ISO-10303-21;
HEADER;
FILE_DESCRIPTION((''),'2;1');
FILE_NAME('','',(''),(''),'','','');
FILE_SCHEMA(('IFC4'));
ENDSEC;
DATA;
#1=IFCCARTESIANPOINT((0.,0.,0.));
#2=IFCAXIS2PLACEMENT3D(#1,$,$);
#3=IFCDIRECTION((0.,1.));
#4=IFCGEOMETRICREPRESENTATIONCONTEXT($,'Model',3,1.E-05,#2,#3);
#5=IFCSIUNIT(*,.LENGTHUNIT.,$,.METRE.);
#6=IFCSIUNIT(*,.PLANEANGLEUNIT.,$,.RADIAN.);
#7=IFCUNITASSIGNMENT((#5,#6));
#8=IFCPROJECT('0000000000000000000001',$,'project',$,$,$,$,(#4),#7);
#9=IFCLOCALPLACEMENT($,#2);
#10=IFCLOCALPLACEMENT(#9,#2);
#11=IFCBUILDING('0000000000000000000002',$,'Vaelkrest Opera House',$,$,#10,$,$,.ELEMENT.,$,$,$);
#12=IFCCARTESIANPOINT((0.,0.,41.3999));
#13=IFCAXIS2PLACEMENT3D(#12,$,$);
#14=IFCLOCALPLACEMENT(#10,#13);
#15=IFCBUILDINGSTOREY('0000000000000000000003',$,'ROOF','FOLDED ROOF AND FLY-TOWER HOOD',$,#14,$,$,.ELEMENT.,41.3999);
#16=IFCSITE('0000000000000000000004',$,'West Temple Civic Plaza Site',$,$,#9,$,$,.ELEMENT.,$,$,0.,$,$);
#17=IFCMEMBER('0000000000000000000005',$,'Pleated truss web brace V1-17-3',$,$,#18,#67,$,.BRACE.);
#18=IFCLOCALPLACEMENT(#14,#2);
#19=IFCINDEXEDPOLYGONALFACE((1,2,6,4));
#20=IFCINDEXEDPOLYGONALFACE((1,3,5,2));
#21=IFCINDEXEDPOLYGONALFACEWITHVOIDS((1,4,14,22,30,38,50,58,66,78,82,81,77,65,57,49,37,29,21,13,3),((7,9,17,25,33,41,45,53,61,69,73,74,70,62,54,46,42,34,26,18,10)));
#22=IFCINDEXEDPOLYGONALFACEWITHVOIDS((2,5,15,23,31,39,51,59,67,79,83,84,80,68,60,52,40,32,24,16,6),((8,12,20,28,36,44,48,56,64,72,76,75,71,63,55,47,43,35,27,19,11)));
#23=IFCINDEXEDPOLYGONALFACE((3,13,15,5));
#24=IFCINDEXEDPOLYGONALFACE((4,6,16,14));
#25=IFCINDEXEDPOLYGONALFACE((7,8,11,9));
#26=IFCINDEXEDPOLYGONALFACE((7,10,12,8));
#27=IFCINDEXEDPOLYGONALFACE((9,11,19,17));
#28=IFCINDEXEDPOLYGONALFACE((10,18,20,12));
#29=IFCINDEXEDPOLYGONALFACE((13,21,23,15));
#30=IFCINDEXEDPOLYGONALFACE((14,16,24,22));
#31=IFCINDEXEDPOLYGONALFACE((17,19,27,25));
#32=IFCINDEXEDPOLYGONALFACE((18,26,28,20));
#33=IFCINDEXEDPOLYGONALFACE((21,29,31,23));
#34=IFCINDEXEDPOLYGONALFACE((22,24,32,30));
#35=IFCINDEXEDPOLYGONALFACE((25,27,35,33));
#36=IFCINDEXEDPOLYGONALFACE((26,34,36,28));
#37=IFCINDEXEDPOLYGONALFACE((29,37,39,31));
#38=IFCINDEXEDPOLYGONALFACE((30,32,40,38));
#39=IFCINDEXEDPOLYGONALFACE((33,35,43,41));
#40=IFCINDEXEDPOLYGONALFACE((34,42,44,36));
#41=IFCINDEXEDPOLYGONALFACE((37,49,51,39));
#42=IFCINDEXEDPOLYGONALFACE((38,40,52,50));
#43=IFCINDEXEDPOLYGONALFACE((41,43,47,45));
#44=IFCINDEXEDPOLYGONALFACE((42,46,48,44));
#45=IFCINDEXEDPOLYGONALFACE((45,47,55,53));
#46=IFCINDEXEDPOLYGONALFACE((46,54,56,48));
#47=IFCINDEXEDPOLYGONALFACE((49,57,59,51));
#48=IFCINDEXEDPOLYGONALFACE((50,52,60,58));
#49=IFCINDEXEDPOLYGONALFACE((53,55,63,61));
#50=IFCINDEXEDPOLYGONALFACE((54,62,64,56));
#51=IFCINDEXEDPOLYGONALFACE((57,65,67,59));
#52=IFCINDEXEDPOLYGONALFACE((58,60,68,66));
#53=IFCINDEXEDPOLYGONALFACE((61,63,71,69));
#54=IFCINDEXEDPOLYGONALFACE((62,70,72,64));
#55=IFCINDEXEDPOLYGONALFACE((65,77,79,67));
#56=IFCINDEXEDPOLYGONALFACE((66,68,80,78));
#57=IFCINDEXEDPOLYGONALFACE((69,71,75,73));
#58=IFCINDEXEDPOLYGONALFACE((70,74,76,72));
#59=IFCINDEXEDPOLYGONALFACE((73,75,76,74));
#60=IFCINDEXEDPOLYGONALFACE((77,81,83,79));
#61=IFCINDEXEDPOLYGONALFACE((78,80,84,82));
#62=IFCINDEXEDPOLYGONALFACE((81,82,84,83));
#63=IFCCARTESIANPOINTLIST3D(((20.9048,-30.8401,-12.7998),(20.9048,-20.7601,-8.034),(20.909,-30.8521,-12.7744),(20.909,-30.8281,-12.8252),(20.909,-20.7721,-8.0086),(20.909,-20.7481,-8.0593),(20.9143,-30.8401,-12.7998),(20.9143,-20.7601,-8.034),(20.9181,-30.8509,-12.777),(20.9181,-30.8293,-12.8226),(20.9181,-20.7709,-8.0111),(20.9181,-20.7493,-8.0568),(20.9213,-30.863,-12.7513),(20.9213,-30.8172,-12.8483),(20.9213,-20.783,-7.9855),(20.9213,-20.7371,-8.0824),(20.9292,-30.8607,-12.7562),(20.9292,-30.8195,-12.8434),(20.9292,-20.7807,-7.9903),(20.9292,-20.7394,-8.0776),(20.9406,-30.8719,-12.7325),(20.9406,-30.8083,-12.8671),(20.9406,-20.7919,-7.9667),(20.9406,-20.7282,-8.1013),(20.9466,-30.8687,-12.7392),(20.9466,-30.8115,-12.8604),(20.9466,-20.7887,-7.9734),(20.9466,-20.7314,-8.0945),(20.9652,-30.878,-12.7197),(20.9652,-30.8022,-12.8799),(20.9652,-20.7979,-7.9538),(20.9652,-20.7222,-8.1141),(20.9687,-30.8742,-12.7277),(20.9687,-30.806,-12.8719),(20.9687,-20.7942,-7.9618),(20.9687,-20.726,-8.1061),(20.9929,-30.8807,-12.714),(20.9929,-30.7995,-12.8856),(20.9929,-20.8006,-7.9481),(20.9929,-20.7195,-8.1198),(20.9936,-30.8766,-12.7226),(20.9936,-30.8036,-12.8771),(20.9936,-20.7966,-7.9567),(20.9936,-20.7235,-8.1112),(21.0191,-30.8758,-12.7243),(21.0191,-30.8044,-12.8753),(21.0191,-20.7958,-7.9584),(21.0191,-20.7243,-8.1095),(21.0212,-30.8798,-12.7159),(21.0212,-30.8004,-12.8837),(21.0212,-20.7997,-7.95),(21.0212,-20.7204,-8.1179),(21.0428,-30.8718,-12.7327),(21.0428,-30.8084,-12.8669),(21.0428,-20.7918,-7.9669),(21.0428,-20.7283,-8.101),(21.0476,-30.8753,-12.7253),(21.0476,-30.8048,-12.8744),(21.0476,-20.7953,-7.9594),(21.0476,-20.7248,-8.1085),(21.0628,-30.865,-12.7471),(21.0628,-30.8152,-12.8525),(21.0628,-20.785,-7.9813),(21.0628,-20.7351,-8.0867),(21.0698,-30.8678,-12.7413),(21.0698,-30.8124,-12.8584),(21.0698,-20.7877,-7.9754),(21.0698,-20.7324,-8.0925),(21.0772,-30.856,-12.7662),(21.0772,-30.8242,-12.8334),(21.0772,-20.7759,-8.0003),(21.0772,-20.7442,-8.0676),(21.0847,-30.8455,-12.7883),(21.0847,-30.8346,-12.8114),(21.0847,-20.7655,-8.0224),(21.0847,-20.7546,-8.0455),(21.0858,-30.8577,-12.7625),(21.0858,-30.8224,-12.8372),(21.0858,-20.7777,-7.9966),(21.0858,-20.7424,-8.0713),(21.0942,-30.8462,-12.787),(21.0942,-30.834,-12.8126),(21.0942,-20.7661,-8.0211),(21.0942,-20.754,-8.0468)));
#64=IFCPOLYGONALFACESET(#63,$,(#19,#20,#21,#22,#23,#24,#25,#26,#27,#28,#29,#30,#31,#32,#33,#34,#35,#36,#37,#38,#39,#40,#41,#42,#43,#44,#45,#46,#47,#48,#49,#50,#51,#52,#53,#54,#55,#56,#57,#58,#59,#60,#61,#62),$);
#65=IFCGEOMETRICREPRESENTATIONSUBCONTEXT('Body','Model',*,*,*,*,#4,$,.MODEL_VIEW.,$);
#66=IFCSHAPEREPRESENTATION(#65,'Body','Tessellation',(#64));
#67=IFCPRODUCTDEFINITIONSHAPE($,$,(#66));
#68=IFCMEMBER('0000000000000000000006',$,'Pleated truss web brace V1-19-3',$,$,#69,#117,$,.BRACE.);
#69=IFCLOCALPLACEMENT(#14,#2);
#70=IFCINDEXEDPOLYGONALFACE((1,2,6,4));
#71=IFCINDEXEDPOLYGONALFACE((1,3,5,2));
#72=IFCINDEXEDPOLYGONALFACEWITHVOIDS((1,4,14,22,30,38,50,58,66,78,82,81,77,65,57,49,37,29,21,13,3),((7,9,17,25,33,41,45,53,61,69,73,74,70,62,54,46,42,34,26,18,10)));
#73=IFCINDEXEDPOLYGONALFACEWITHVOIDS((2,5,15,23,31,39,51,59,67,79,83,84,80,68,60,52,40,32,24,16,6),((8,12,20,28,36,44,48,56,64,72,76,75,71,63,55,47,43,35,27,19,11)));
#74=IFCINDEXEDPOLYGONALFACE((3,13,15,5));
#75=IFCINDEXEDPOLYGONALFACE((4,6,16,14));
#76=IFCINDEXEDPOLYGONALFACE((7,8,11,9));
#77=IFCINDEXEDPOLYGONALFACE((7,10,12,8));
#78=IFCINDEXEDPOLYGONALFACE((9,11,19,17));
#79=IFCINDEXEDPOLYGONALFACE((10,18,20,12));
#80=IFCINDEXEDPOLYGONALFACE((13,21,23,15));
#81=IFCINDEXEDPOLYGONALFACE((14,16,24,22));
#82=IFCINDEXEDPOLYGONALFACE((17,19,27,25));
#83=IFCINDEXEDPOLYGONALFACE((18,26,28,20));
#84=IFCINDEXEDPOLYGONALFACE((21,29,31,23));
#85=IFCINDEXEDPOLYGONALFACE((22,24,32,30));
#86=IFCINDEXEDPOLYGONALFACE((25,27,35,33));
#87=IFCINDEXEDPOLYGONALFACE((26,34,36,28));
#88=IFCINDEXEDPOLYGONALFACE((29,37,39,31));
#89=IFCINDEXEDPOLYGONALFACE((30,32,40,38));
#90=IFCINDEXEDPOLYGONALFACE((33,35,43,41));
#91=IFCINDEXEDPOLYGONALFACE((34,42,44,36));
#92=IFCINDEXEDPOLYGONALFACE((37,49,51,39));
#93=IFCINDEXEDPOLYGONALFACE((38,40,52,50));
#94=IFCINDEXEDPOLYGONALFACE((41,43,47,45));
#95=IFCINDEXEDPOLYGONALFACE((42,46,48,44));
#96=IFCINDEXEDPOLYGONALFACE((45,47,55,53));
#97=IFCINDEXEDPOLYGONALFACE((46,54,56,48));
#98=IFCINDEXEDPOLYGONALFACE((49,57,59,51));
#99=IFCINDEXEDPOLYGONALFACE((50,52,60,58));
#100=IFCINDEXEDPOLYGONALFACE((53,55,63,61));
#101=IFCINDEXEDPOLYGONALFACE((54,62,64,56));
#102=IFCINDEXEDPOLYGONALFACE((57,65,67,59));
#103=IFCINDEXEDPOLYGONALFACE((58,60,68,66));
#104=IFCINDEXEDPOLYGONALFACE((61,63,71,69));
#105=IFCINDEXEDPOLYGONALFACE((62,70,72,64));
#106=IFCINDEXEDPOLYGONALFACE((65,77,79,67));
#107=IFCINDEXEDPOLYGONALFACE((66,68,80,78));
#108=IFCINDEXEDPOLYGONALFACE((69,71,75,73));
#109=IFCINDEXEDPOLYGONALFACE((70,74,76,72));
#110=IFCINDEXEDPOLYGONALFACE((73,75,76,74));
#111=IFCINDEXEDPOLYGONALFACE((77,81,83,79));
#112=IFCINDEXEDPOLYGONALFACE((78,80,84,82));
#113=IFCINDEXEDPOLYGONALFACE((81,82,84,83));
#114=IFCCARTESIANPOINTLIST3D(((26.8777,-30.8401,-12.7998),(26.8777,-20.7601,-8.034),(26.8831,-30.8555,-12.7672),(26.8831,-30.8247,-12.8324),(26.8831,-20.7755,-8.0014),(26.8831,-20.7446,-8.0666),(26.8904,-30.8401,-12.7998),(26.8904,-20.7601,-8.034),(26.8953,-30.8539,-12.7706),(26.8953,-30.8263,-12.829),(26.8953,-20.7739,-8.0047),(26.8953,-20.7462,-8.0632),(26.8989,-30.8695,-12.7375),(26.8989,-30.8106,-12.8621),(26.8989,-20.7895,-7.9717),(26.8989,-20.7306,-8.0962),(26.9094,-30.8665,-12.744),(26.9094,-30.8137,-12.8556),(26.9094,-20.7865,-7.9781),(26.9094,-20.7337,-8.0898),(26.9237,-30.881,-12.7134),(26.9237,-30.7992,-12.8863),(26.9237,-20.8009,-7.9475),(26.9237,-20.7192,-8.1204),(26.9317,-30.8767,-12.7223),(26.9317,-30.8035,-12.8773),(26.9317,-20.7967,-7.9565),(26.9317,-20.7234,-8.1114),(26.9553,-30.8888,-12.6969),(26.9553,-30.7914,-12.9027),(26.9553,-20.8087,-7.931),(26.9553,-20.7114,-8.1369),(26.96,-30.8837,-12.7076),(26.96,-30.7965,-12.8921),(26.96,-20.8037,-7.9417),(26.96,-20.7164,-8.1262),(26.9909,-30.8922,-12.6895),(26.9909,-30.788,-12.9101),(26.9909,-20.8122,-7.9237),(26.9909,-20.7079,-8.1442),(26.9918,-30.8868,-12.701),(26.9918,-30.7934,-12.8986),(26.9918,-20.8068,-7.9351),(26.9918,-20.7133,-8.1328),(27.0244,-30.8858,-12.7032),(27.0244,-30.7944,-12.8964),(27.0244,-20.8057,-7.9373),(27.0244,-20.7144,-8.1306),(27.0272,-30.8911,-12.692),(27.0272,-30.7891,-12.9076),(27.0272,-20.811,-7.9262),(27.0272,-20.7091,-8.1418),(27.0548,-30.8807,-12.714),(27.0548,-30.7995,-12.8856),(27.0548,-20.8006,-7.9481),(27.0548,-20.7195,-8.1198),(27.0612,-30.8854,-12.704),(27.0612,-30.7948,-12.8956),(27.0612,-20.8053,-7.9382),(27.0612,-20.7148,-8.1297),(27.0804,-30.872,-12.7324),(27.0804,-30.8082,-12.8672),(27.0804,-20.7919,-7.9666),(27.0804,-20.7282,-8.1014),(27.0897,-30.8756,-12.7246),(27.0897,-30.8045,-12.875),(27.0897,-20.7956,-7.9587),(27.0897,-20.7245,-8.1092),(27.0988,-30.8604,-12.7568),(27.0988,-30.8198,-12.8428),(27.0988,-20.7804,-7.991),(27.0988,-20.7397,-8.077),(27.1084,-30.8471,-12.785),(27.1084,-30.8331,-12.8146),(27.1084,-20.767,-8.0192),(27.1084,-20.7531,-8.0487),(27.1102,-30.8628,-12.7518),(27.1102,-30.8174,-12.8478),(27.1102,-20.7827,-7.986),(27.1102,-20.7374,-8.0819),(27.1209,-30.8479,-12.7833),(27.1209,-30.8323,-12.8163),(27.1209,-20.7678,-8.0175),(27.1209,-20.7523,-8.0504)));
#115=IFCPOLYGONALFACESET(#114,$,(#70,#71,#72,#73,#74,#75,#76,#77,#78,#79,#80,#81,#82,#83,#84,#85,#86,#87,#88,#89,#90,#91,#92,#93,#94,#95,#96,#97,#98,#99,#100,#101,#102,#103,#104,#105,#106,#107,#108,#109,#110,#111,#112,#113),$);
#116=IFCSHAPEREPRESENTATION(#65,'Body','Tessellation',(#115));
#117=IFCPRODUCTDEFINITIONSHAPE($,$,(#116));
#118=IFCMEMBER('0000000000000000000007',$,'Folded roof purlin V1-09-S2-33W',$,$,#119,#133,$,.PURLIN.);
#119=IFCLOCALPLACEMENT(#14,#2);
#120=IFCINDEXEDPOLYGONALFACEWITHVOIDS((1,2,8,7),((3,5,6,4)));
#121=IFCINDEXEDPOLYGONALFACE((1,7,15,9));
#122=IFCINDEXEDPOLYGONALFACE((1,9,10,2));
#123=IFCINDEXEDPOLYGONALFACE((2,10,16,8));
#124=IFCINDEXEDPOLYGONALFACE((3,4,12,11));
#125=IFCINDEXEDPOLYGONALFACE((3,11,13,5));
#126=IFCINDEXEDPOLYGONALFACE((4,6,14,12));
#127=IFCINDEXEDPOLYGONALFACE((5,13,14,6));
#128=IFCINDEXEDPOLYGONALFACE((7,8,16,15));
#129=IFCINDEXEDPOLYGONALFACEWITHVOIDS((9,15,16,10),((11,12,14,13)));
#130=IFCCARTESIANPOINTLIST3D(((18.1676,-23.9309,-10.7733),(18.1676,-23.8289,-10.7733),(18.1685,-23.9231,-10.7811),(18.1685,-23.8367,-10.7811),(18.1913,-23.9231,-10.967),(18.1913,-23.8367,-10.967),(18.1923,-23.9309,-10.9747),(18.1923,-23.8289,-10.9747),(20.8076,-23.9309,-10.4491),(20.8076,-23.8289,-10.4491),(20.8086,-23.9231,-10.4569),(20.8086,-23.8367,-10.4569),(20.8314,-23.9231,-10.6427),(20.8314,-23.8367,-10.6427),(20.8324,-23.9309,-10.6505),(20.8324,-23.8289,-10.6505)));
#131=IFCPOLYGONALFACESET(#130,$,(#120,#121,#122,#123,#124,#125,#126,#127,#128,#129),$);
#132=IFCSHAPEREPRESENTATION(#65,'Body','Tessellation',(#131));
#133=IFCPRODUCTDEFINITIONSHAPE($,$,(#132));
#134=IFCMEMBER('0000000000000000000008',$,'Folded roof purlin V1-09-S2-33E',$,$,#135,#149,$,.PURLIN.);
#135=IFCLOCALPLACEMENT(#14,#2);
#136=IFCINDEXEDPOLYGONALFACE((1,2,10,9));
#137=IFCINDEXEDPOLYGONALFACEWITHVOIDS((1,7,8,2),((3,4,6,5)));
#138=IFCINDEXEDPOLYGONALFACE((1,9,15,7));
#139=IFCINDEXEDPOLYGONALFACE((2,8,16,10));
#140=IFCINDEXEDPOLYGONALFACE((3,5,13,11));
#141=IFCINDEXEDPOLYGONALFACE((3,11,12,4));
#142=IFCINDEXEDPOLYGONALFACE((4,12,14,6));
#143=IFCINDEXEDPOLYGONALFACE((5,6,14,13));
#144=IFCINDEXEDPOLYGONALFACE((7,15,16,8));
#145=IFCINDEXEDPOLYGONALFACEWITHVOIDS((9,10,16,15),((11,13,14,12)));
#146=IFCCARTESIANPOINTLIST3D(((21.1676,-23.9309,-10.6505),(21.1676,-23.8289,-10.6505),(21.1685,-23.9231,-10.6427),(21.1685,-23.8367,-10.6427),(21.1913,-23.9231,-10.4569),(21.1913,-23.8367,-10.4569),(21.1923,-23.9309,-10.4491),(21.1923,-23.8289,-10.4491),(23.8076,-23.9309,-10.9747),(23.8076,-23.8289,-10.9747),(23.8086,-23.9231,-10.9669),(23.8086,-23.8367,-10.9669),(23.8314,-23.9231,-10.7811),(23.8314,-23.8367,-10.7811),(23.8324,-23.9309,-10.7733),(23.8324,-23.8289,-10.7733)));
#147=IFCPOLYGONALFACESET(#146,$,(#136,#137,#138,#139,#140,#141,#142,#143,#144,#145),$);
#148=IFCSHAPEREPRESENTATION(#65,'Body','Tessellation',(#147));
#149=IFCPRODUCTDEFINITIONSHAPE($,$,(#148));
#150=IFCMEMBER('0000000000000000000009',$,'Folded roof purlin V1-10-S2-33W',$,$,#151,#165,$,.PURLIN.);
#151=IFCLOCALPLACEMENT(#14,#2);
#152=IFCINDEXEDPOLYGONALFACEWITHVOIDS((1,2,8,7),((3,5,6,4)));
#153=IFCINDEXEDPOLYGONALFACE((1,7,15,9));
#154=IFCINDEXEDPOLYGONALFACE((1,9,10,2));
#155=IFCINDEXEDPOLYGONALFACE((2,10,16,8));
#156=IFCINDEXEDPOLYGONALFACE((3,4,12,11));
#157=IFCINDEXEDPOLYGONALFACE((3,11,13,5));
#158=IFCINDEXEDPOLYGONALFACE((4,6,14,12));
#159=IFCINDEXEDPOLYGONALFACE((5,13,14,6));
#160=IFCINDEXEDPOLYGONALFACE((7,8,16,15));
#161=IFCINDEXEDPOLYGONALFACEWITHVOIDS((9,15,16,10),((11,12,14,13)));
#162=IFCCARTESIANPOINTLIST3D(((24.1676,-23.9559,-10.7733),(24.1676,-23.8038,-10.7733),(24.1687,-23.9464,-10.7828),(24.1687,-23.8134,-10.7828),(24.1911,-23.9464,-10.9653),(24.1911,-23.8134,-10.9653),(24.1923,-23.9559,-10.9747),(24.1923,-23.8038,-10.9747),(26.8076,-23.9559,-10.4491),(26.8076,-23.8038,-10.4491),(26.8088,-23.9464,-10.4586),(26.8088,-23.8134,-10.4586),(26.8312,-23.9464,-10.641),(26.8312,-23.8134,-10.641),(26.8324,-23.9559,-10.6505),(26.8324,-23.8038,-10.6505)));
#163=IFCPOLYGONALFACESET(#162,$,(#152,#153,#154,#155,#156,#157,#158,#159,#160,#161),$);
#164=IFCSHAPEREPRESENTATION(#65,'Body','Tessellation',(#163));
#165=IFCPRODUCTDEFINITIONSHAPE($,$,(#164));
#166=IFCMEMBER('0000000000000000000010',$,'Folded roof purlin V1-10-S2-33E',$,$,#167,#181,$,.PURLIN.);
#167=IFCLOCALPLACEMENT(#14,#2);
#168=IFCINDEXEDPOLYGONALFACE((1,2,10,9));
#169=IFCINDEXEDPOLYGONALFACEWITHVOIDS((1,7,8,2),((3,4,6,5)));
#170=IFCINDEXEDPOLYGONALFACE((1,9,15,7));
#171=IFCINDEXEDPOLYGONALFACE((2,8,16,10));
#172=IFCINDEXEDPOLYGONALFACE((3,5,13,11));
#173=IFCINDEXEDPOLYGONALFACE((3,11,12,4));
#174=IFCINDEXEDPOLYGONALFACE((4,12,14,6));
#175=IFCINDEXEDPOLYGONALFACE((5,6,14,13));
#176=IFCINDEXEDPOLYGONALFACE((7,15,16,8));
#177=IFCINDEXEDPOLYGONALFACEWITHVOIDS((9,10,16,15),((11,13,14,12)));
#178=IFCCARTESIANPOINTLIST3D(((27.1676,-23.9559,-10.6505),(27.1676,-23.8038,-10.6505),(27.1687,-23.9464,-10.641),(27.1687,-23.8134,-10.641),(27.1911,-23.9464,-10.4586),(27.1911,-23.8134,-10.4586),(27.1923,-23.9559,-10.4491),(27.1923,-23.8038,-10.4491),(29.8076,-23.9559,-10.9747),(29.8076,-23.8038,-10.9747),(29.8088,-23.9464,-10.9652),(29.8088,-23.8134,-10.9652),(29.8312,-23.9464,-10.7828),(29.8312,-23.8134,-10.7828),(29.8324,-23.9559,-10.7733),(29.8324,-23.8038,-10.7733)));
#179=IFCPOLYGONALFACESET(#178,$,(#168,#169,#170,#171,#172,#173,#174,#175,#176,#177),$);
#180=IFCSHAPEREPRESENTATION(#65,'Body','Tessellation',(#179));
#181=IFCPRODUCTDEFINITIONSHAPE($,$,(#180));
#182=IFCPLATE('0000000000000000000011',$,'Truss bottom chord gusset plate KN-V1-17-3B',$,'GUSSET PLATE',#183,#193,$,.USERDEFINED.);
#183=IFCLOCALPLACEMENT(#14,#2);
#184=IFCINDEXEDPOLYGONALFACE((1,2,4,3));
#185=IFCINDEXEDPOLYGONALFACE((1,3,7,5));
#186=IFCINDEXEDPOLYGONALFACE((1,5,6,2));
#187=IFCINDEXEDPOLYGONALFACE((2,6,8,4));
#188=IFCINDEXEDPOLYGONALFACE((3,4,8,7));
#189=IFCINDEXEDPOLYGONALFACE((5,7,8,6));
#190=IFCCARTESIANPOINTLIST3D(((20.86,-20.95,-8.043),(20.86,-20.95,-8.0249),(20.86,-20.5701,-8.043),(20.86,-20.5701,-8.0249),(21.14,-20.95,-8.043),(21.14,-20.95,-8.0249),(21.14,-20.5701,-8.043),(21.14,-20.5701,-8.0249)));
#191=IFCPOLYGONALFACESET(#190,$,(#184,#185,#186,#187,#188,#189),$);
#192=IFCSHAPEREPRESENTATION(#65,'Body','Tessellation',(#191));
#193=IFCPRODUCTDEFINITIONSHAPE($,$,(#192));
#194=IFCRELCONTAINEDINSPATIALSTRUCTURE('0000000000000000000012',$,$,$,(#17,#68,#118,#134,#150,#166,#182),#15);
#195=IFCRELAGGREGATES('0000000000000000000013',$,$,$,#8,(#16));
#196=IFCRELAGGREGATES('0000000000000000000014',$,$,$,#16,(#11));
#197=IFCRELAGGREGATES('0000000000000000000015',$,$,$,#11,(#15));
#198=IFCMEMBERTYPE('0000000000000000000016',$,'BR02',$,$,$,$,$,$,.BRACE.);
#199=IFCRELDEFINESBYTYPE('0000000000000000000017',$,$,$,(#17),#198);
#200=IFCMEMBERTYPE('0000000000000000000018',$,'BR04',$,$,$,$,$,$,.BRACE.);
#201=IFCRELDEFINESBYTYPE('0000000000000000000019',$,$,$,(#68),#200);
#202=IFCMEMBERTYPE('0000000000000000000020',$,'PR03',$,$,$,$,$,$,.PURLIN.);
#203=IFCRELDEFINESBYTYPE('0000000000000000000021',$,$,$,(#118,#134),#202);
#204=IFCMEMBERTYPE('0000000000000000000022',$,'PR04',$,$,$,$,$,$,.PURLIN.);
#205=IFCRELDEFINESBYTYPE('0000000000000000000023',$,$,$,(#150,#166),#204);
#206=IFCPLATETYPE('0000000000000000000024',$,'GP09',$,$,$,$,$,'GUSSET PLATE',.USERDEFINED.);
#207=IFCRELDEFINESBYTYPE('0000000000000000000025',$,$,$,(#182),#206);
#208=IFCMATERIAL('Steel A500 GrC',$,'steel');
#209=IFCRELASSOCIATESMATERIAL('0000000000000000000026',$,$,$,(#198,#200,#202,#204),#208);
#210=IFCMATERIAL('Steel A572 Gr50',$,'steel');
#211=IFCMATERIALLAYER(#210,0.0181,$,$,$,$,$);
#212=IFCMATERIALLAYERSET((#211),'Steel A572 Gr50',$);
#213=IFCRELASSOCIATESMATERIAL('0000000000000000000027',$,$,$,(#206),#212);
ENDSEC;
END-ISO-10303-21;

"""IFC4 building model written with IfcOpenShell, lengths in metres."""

from ifc_helpers import new_model, si_unit, direction, frame, origin, origin_2d, place, context, subcontext, project, spatial, rectangle, hollow_rectangle, hollow_circle, extrude, material, layer, layer_set, material_profile, profile_set, type_object, element, save


model = new_model("IFC4")

# Units and contexts
model_context = context("Model", 3, precision=1e-05, world=origin(), true_north=direction((0.0, 1.0)))
body_context = subcontext(model_context, "Body", "Model", "MODEL_VIEW")
ifc_project = project(units=[si_unit("LENGTHUNIT", "METRE"), si_unit("PLANEANGLEUNIT", "RADIAN")], contexts=[model_context])

# Site, building, storey
site_placement = place(None, origin())
site = spatial("IfcSite", under=ifc_project, at=site_placement, Name="West Temple Civic Plaza Site", CompositionType="ELEMENT", RefElevation=0.0)
building_placement = place(site_placement, origin())
building = spatial("IfcBuilding", under=site, at=building_placement, Name="Vaelkrest Opera House", CompositionType="ELEMENT")
storey_placement = place(building_placement, frame((0.0, 0.0, 41.3999)))
storey = spatial("IfcBuildingStorey", under=building, at=storey_placement, Name="ROOF", Description="FOLDED ROOF AND FLY-TOWER HOOD", CompositionType="ELEMENT", Elevation=41.3999)

# Members
ifc_material_1 = material(Name="Steel A500 GrC", Category="steel")
ifc_material_profile_1 = material_profile(ifc_material_1, hollow_circle(Radius=0.0952, WallThickness=0.0095, at=origin_2d()), Name="HSS190.5X9.5")
ifc_profile_set_1 = profile_set([ifc_material_profile_1], Name="Steel A500 GrC")
member_type_1 = type_object("IfcMemberType", Name="BR02", PredefinedType="BRACE", material=ifc_profile_set_1)
member_1_placement = place(storey_placement, frame((21.0, -30.8401, -12.7998), z_axis=(0.0, 0.904047, 0.427434), x_axis=(-1.0, 0.0, 0.0)))
element("IfcMember", 1, at=member_1_placement, inside=storey, type_object=member_type_1, Name="Pleated truss web brace V1-17-3", PredefinedType="BRACE", context=body_context, shape_type="SweptSolid", body=[
    extrude(hollow_circle(Radius=0.0952, WallThickness=0.0095, at=origin_2d()), origin(), (0.0, 0.0, 1.0), 11.1499),
])
ifc_material_profile_2 = material_profile(ifc_material_1, hollow_circle(Radius=0.1223, WallThickness=0.0127, at=origin_2d()), Name="HSS244.5X12.7")
ifc_profile_set_2 = profile_set([ifc_material_profile_2], Name="Steel A500 GrC")
member_type_2 = type_object("IfcMemberType", Name="BR04", PredefinedType="BRACE", material=ifc_profile_set_2)
member_2_placement = place(storey_placement, frame((27.0, -30.8401, -12.7998), z_axis=(0.0, 0.904047, 0.427434), x_axis=(-1.0, 0.0, 0.0)))
element("IfcMember", 2, at=member_2_placement, inside=storey, type_object=member_type_2, Name="Pleated truss web brace V1-19-3", PredefinedType="BRACE", context=body_context, shape_type="SweptSolid", body=[
    extrude(hollow_circle(Radius=0.1223, WallThickness=0.0127, at=origin_2d()), origin(), (0.0, 0.0, 1.0), 11.1499),
])
ifc_material_profile_3 = material_profile(ifc_material_1, hollow_rectangle(XDim=0.1021, YDim=0.2029, WallThickness=0.0078, at=origin_2d()), Name="HSS203X102X8")
ifc_profile_set_3 = profile_set([ifc_material_profile_3], Name="Steel A500 GrC")
member_type_3 = type_object("IfcMemberType", Name="PR03", PredefinedType="PURLIN", material=ifc_profile_set_3)
for number, where, z_axis, x_axis, name in (
    (3, (18.1799, -23.8799, -10.874), (0.992544, 0.0, 0.121888), (0.0, 1.0, 0.0), "Folded roof purlin V1-09-S2-33W"),
    (4, (21.1799, -23.8799, -10.5498), (0.992544, 0.0, -0.121888), (0.0, 1.0, 0.0), "Folded roof purlin V1-09-S2-33E"),
):
    element("IfcMember", number, at=place(storey_placement, frame(where, z_axis=z_axis, x_axis=x_axis)), inside=storey, type_object=member_type_3, Name=name, PredefinedType="PURLIN", context=body_context, shape_type="SweptSolid", body=[
        extrude(hollow_rectangle(XDim=0.1021, YDim=0.2029, WallThickness=0.0078, at=origin_2d()), origin(), (0.0, 0.0, 1.0), 2.6599),
    ])
ifc_material_profile_4 = material_profile(ifc_material_1, hollow_rectangle(XDim=0.1521, YDim=0.2029, WallThickness=0.0095, at=origin_2d()), Name="HSS203X152X9.5")
ifc_profile_set_4 = profile_set([ifc_material_profile_4], Name="Steel A500 GrC")
member_type_4 = type_object("IfcMemberType", Name="PR04", PredefinedType="PURLIN", material=ifc_profile_set_4)
for number, where, z_axis, x_axis, name in (
    (5, (24.1799, -23.8799, -10.874), (0.992544, 0.0, 0.121888), (0.0, 1.0, 0.0), "Folded roof purlin V1-10-S2-33W"),
    (6, (27.1799, -23.8799, -10.5498), (0.992544, 0.0, -0.121888), (0.0, 1.0, 0.0), "Folded roof purlin V1-10-S2-33E"),
):
    element("IfcMember", number, at=place(storey_placement, frame(where, z_axis=z_axis, x_axis=x_axis)), inside=storey, type_object=member_type_4, Name=name, PredefinedType="PURLIN", context=body_context, shape_type="SweptSolid", body=[
        extrude(hollow_rectangle(XDim=0.1521, YDim=0.2029, WallThickness=0.0095, at=origin_2d()), origin(), (0.0, 0.0, 1.0), 2.6599),
    ])

# Plate
ifc_material_2 = material(Name="Steel A572 Gr50", Category="steel")
ifc_layer_1 = layer(ifc_material_2, 0.0181)
ifc_layer_set_1 = layer_set([ifc_layer_1], Name="Steel A572 Gr50")
plate_type_1 = type_object("IfcPlateType", Name="GP09", ElementType="GUSSET PLATE", PredefinedType="USERDEFINED", material=ifc_layer_set_1)
plate_1_placement = place(storey_placement, frame((21.0, -20.76, -8.043), z_axis=(0.0, 0.0, 1.0), x_axis=(0.0, 1.0, 0.0)))
element("IfcPlate", 7, at=plate_1_placement, inside=storey, type_object=plate_type_1, Name="Truss bottom chord gusset plate KN-V1-17-3B", ObjectType="GUSSET PLATE", PredefinedType="USERDEFINED", context=body_context, shape_type="SweptSolid", body=[
    extrude(rectangle(XDim=0.3799, YDim=0.28, at=origin_2d()), origin(), (0.0, 0.0, 1.0), 0.0181),
])

save(model, "model.ifc")
